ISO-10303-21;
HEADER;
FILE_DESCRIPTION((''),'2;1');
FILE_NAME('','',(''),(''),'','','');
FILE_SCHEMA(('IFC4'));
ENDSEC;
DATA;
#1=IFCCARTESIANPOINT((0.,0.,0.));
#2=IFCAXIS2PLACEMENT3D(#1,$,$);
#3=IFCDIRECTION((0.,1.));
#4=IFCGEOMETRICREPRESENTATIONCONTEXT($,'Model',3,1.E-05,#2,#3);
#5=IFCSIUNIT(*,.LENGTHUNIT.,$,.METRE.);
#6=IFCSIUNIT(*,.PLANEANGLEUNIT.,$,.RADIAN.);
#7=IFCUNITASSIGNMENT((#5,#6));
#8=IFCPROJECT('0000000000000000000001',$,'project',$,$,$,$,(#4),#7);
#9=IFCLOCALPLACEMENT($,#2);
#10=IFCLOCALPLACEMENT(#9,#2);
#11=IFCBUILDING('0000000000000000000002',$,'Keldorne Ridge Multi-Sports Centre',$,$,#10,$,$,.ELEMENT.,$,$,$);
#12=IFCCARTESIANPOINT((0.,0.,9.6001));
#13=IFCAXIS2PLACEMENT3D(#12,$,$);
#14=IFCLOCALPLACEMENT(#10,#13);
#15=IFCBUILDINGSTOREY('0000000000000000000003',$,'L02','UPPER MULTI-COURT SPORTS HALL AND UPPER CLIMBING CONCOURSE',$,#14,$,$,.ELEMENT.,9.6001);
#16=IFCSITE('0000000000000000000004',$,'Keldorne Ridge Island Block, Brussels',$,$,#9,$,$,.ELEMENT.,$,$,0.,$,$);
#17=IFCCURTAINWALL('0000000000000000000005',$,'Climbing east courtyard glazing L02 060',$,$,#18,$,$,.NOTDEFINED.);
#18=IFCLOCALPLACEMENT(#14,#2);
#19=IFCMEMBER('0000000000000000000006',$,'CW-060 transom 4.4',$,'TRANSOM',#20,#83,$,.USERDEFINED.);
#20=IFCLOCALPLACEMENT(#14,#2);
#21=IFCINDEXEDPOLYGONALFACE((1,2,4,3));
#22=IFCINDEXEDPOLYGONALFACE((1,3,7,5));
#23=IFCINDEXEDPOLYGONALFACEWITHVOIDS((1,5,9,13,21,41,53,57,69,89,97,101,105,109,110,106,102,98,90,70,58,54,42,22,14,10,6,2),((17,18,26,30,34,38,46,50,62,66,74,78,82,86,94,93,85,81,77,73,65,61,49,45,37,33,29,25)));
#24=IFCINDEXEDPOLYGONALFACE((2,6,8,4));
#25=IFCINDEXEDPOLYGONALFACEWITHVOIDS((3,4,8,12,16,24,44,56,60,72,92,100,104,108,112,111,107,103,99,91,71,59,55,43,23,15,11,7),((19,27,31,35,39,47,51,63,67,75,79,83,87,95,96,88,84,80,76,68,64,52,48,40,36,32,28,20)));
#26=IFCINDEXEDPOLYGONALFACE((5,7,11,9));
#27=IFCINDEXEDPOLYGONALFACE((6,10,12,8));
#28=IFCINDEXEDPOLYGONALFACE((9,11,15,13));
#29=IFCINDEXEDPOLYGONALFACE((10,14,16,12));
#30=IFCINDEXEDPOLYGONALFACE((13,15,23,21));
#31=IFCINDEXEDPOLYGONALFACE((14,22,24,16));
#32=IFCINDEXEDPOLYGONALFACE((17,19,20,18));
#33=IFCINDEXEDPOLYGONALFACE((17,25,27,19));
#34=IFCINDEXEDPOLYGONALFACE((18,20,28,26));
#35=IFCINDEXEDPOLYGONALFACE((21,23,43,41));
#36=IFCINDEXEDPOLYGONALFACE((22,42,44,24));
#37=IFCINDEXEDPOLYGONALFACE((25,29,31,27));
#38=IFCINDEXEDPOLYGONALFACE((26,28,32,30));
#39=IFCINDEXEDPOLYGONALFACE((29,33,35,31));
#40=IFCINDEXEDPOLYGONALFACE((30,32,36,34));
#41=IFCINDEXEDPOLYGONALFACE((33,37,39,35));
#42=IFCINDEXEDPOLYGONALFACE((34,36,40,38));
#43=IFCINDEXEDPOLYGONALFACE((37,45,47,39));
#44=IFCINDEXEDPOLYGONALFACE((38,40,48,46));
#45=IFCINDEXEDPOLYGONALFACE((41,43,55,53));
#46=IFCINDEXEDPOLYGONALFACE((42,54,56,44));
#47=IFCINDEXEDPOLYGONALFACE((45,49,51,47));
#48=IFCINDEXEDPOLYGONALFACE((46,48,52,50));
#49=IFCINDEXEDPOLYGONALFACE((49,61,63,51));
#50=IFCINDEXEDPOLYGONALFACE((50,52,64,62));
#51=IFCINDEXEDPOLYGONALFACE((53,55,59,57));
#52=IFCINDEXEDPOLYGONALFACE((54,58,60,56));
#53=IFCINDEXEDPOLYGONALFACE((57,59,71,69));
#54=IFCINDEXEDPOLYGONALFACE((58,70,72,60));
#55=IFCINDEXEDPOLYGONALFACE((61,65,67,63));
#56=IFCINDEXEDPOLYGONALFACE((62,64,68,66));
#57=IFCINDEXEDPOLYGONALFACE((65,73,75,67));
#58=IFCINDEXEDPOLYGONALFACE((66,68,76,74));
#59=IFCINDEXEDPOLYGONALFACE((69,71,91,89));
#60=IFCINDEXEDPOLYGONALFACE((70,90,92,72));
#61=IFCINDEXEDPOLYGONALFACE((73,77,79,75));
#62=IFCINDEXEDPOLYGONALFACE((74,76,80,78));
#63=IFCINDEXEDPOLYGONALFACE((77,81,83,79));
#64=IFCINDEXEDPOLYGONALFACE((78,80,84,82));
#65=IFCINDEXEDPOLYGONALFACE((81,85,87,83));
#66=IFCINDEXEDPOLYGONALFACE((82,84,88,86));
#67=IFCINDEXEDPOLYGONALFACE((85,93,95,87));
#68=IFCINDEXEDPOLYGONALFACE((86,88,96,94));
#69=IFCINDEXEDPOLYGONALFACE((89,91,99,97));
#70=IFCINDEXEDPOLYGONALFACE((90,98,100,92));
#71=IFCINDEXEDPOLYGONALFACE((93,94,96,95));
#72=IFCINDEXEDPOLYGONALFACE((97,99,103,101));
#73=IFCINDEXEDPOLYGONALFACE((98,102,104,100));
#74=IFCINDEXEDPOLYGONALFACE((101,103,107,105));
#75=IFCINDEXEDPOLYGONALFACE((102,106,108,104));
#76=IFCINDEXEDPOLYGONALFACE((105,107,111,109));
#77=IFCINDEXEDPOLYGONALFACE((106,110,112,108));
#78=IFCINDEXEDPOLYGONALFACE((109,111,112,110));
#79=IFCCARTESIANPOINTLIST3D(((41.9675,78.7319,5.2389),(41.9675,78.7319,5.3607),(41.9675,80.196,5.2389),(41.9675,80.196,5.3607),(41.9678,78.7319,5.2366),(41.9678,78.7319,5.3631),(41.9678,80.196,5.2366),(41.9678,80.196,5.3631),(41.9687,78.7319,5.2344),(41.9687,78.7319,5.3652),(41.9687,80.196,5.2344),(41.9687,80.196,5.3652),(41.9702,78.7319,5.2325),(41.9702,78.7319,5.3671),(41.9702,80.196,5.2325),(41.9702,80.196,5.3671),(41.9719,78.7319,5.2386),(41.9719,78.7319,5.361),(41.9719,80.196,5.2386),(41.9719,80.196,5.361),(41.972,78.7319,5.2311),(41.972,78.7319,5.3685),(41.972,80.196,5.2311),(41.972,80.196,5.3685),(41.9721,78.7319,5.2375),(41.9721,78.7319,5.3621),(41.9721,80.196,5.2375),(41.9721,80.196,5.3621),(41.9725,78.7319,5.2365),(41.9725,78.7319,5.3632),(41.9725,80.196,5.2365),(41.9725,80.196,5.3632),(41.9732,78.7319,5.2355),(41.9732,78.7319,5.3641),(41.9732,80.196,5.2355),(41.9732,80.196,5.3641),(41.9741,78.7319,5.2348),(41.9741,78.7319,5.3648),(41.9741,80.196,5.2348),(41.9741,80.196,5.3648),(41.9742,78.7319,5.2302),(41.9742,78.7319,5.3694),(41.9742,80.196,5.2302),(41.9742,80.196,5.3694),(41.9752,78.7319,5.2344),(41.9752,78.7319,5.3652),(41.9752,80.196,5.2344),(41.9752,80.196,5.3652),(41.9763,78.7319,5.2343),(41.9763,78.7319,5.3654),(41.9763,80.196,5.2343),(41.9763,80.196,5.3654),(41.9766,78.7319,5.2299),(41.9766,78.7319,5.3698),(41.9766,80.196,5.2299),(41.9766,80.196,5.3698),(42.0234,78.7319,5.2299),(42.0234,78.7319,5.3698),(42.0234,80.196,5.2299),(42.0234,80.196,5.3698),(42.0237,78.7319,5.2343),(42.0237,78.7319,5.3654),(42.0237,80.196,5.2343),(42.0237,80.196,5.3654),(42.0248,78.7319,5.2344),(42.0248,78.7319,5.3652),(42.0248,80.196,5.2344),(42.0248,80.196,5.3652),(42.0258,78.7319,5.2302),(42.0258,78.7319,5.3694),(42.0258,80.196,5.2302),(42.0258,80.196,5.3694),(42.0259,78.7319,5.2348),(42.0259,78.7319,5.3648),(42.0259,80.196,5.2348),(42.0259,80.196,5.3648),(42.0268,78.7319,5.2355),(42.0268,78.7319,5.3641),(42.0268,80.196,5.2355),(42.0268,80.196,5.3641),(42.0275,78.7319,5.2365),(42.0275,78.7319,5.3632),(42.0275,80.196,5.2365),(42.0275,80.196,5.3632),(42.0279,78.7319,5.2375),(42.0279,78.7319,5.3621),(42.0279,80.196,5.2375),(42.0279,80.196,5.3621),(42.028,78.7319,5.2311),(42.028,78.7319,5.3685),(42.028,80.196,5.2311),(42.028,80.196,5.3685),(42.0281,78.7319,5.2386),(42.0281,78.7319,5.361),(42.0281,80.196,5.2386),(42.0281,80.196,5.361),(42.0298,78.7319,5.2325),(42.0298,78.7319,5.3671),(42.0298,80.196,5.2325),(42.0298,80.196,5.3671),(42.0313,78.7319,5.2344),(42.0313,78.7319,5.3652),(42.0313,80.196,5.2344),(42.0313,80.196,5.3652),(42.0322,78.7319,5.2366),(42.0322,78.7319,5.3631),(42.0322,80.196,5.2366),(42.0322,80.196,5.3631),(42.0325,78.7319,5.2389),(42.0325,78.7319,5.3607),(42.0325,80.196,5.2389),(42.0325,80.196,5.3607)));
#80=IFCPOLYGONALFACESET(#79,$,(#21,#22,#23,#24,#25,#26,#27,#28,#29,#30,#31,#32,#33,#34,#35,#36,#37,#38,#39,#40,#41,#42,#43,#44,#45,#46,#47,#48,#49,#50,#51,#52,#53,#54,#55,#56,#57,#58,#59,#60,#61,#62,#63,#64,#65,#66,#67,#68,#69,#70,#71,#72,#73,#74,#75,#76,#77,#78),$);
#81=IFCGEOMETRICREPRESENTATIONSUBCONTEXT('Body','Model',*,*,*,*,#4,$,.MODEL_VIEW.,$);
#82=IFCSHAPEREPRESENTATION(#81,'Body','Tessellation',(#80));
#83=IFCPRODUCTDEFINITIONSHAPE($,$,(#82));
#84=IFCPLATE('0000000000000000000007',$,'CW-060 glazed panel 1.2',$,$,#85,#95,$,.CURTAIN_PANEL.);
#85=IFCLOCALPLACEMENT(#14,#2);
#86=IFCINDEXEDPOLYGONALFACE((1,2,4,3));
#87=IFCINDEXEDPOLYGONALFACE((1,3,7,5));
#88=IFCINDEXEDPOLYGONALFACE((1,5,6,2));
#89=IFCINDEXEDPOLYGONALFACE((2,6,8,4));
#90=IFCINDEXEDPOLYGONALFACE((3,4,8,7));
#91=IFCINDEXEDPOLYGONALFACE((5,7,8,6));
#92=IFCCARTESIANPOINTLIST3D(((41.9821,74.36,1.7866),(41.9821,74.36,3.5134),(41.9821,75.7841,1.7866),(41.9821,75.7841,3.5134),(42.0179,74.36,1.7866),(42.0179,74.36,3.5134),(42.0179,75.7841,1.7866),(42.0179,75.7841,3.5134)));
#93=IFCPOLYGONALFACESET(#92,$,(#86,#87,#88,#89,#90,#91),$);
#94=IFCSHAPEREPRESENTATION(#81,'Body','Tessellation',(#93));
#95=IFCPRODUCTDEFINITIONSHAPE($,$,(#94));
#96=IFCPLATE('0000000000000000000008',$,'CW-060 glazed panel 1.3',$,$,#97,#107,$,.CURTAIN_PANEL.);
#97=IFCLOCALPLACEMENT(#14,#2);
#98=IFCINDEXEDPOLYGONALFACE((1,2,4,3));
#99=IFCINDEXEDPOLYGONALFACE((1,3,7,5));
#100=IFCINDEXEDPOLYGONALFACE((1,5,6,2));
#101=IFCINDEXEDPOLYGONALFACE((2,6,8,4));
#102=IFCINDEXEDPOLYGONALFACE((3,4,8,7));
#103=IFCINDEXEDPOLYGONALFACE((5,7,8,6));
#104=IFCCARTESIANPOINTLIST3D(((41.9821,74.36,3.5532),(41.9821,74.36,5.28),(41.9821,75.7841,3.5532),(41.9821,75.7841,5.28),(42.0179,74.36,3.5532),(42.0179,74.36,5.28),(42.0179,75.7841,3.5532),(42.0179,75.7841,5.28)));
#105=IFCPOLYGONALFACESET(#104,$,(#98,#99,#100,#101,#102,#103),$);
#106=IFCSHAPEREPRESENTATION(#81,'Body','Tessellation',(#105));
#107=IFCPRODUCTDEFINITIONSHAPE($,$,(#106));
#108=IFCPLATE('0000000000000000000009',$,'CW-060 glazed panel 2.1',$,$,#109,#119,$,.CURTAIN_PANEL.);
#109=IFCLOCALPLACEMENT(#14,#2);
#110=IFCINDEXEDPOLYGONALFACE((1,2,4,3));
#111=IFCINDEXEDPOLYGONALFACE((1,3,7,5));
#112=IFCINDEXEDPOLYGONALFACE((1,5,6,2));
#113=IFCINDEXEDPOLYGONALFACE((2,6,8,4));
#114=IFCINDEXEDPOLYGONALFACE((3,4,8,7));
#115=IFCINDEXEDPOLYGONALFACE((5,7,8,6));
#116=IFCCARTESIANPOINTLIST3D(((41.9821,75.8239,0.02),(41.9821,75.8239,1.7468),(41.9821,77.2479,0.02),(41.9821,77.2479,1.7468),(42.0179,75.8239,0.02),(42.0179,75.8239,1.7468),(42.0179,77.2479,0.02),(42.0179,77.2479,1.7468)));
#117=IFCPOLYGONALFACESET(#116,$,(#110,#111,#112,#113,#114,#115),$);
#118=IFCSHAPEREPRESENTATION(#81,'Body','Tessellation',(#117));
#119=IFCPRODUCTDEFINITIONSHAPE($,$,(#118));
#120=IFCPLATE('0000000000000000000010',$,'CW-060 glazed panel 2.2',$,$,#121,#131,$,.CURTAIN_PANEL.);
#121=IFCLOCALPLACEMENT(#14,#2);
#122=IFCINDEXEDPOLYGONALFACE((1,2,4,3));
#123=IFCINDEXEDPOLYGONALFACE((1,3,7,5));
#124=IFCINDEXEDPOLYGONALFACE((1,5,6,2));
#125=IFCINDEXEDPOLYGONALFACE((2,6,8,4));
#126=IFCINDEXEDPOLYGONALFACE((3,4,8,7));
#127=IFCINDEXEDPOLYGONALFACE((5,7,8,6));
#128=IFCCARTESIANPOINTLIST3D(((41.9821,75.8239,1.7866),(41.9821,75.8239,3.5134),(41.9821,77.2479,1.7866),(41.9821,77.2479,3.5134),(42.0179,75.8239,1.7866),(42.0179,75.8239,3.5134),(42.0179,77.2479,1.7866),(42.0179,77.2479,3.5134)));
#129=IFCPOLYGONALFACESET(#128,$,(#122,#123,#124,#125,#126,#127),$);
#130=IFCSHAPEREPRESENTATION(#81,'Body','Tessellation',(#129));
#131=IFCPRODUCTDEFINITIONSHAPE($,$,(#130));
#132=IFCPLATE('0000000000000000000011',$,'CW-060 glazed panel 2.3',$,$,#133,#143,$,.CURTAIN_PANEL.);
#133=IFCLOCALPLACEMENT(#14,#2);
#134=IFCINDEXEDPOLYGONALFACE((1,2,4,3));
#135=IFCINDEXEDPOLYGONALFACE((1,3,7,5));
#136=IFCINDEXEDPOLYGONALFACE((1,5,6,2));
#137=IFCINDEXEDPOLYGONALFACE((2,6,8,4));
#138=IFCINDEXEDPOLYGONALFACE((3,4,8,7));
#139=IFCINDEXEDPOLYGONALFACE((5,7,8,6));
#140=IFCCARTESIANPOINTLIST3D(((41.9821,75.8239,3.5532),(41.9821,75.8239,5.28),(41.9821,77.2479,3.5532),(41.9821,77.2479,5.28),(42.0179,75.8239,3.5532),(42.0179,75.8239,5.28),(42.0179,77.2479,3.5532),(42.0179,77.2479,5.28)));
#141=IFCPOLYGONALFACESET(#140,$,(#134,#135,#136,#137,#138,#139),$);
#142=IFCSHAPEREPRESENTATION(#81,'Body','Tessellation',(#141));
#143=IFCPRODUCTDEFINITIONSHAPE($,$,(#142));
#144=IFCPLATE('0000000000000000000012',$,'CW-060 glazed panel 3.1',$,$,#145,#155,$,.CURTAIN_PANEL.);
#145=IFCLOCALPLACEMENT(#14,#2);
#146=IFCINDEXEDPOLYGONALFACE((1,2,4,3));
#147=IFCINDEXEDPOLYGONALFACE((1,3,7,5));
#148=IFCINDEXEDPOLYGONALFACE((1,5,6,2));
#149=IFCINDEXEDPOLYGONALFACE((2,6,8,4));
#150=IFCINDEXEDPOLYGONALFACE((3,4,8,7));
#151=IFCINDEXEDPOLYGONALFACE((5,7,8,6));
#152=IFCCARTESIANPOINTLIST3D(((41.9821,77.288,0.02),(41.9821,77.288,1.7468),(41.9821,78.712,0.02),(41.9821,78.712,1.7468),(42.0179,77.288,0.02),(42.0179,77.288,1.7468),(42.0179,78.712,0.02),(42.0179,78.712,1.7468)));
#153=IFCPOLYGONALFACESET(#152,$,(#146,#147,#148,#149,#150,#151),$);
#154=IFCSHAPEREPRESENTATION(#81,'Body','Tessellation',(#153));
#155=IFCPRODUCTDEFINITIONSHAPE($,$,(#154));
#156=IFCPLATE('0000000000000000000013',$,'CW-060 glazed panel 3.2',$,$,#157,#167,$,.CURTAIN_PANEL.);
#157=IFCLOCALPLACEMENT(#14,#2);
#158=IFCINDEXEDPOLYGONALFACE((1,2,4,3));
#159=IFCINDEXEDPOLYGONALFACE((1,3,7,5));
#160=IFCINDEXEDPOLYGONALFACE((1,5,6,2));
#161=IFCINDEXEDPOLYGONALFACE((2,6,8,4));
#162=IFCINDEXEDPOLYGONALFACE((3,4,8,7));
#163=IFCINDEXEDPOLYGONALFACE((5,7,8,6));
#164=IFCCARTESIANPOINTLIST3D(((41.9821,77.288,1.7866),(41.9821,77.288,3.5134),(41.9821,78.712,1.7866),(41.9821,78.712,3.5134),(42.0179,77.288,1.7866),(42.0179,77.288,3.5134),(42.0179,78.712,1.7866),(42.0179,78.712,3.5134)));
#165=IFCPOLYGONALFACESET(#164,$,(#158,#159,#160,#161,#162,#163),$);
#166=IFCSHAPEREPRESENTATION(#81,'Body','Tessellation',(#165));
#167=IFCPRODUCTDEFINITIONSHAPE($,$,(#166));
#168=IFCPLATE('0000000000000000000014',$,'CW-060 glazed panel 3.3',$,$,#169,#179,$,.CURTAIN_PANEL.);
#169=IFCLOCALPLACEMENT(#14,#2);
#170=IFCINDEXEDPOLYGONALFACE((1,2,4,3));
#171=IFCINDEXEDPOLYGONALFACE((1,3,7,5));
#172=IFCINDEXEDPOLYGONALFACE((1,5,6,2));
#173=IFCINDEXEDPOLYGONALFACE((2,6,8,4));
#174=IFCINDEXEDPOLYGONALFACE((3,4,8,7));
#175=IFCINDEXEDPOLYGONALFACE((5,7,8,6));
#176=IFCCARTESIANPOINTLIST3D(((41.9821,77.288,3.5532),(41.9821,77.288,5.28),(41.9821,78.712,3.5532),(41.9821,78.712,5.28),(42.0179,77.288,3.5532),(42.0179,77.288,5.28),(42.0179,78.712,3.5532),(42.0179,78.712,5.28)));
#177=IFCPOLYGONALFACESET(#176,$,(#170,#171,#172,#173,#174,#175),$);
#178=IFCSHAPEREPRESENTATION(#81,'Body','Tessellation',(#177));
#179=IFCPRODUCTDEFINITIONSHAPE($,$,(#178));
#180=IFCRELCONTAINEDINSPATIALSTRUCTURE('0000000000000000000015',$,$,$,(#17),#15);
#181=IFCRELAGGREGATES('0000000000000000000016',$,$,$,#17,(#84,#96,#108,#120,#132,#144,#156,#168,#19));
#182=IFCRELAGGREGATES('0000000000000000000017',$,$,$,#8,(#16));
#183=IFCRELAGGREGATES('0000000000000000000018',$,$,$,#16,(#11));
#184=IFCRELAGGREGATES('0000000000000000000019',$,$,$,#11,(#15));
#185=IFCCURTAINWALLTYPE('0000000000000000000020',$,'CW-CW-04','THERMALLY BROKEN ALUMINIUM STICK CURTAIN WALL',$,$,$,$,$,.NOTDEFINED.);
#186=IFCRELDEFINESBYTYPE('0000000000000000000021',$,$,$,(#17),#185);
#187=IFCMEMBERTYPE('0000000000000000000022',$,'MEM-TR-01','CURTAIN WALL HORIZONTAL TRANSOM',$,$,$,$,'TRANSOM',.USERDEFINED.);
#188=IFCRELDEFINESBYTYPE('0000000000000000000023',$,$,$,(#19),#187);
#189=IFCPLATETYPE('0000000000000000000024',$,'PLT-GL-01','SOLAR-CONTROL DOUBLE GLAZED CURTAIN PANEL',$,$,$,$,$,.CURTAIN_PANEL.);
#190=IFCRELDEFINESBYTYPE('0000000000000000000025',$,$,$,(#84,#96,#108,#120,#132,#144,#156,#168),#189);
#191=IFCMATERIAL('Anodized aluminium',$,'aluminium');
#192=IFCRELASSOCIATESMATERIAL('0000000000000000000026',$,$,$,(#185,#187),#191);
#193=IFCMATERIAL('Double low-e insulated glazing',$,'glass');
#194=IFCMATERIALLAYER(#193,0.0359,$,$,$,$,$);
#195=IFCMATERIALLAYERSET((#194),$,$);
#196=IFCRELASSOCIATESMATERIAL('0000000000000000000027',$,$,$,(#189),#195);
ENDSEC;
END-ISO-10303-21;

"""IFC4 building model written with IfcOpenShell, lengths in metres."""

from ifc_helpers import new_model, si_unit, direction, frame, origin, origin_2d, place, context, subcontext, project, spatial, rectangle, hollow_rectangle, extrude, material, layer, layer_set, material_profile, profile_set, type_object, element, aggregate, save


model = new_model("IFC4")

# Units and contexts
model_context = context("Model", 3, precision=1e-05, world=origin(), true_north=direction((0.0, 1.0)))
body_context = subcontext(model_context, "Body", "Model", "MODEL_VIEW")
ifc_project = project(units=[si_unit("LENGTHUNIT", "METRE"), si_unit("PLANEANGLEUNIT", "RADIAN")], contexts=[model_context])

# Site, building, storey
site_placement = place(None, origin())
site = spatial("IfcSite", under=ifc_project, at=site_placement, Name="Keldorne Ridge Island Block, Brussels", CompositionType="ELEMENT", RefElevation=0.0)
building_placement = place(site_placement, origin())
building = spatial("IfcBuilding", under=site, at=building_placement, Name="Keldorne Ridge Multi-Sports Centre", CompositionType="ELEMENT")
storey_placement = place(building_placement, frame((0.0, 0.0, 9.6001)))
storey = spatial("IfcBuildingStorey", under=building, at=storey_placement, Name="L02", Description="UPPER MULTI-COURT SPORTS HALL AND UPPER CLIMBING CONCOURSE", CompositionType="ELEMENT", Elevation=9.6001)

# Curtain wall, member, plates
ifc_material_1 = material(Name="Anodized aluminium", Category="aluminium")
curtain_wall_type = type_object("IfcCurtainWallType", Name="CW-CW-04", Description="THERMALLY BROKEN ALUMINIUM STICK CURTAIN WALL", PredefinedType="NOTDEFINED", material=ifc_material_1)
curtain_wall_placement = place(storey_placement, origin())
curtain_wall = element("IfcCurtainWall", 1, at=curtain_wall_placement, inside=storey, type_object=curtain_wall_type, Name="Climbing east courtyard glazing L02 060", PredefinedType="NOTDEFINED")
ifc_material_profile_1 = material_profile(ifc_material_1, hollow_rectangle(XDim=0.0649, YDim=0.1399, WallThickness=0.0044, InnerFilletRadius=0.0044, OuterFilletRadius=0.009, at=origin_2d()), Name="ALU TRANSOM 140x65x4.5")
ifc_profile_set_1 = profile_set([ifc_material_profile_1], Name="Anodized aluminium")
member_type_1 = type_object("IfcMemberType", Name="MEM-TR-01", Description="CURTAIN WALL HORIZONTAL TRANSOM", ElementType="TRANSOM", PredefinedType="USERDEFINED", material=ifc_profile_set_1)
member_1_placement = place(storey_placement, frame((42.0, 78.7319, 5.2998), z_axis=(0.0, 1.0, 0.0), x_axis=(-1.0, 0.0, 0.0)))
member_1 = element("IfcMember", 2, at=member_1_placement, type_object=member_type_1, Name="CW-060 transom 4.4", ObjectType="TRANSOM", PredefinedType="USERDEFINED", context=body_context, shape_type="SweptSolid", body=[
    extrude(hollow_rectangle(XDim=0.0649, YDim=0.1399, WallThickness=0.0044, InnerFilletRadius=0.0044, OuterFilletRadius=0.009, at=origin_2d()), origin(), (0.0, 0.0, 1.0), 1.4641),
])
ifc_material_2 = material(Name="Double low-e insulated glazing", Category="glass")
ifc_layer = layer(ifc_material_2, 0.0359)
ifc_layer_set = layer_set([ifc_layer])
plate_type = type_object("IfcPlateType", Name="PLT-GL-01", Description="SOLAR-CONTROL DOUBLE GLAZED CURTAIN PANEL", PredefinedType="CURTAIN_PANEL", material=ifc_layer_set)
plate_1_placement = place(storey_placement, frame((42.0, 75.072, 1.7866), z_axis=(0.0, 0.0, 1.0), x_axis=(0.0, 1.0, 0.0)))
plate_1 = element("IfcPlate", 3, at=plate_1_placement, type_object=plate_type, Name="CW-060 glazed panel 1.2", PredefinedType="CURTAIN_PANEL", context=body_context, shape_type="SweptSolid", body=[
    extrude(rectangle(XDim=1.4241, YDim=0.0359, at=origin_2d()), origin(), (0.0, 0.0, 1.0), 1.7268),
])
plate_2_placement = place(storey_placement, frame((42.0, 75.072, 3.5532), z_axis=(0.0, 0.0, 1.0), x_axis=(0.0, 1.0, 0.0)))
plate_2 = element("IfcPlate", 4, at=plate_2_placement, type_object=plate_type, Name="CW-060 glazed panel 1.3", PredefinedType="CURTAIN_PANEL", context=body_context, shape_type="SweptSolid", body=[
    extrude(rectangle(XDim=1.4241, YDim=0.0359, at=origin_2d()), origin(), (0.0, 0.0, 1.0), 1.7268),
])
plate_3_placement = place(storey_placement, frame((42.0, 76.5359, 0.02), z_axis=(0.0, 0.0, 1.0), x_axis=(0.0, 1.0, 0.0)))
plate_3 = element("IfcPlate", 5, at=plate_3_placement, type_object=plate_type, Name="CW-060 glazed panel 2.1", PredefinedType="CURTAIN_PANEL", context=body_context, shape_type="SweptSolid", body=[
    extrude(rectangle(XDim=1.4241, YDim=0.0359, at=origin_2d()), origin(), (0.0, 0.0, 1.0), 1.7268),
])
plate_4_placement = place(storey_placement, frame((42.0, 76.5359, 1.7866), z_axis=(0.0, 0.0, 1.0), x_axis=(0.0, 1.0, 0.0)))
plate_4 = element("IfcPlate", 6, at=plate_4_placement, type_object=plate_type, Name="CW-060 glazed panel 2.2", PredefinedType="CURTAIN_PANEL", context=body_context, shape_type="SweptSolid", body=[
    extrude(rectangle(XDim=1.4241, YDim=0.0359, at=origin_2d()), origin(), (0.0, 0.0, 1.0), 1.7268),
])
plate_5_placement = place(storey_placement, frame((42.0, 76.5359, 3.5532), z_axis=(0.0, 0.0, 1.0), x_axis=(0.0, 1.0, 0.0)))
plate_5 = element("IfcPlate", 7, at=plate_5_placement, type_object=plate_type, Name="CW-060 glazed panel 2.3", PredefinedType="CURTAIN_PANEL", context=body_context, shape_type="SweptSolid", body=[
    extrude(rectangle(XDim=1.4241, YDim=0.0359, at=origin_2d()), origin(), (0.0, 0.0, 1.0), 1.7268),
])
plate_6_placement = place(storey_placement, frame((42.0, 78.0, 0.02), z_axis=(0.0, 0.0, 1.0), x_axis=(0.0, 1.0, 0.0)))
plate_6 = element("IfcPlate", 8, at=plate_6_placement, type_object=plate_type, Name="CW-060 glazed panel 3.1", PredefinedType="CURTAIN_PANEL", context=body_context, shape_type="SweptSolid", body=[
    extrude(rectangle(XDim=1.4241, YDim=0.0359, at=origin_2d()), origin(), (0.0, 0.0, 1.0), 1.7268),
])
plate_7_placement = place(storey_placement, frame((42.0, 78.0, 1.7866), z_axis=(0.0, 0.0, 1.0), x_axis=(0.0, 1.0, 0.0)))
plate_7 = element("IfcPlate", 9, at=plate_7_placement, type_object=plate_type, Name="CW-060 glazed panel 3.2", PredefinedType="CURTAIN_PANEL", context=body_context, shape_type="SweptSolid", body=[
    extrude(rectangle(XDim=1.4241, YDim=0.0359, at=origin_2d()), origin(), (0.0, 0.0, 1.0), 1.7268),
])
plate_8_placement = place(storey_placement, frame((42.0, 78.0, 3.5532), z_axis=(0.0, 0.0, 1.0), x_axis=(0.0, 1.0, 0.0)))
plate_8 = element("IfcPlate", 10, at=plate_8_placement, type_object=plate_type, Name="CW-060 glazed panel 3.3", PredefinedType="CURTAIN_PANEL", context=body_context, shape_type="SweptSolid", body=[
    extrude(rectangle(XDim=1.4241, YDim=0.0359, at=origin_2d()), origin(), (0.0, 0.0, 1.0), 1.7268),
])
aggregate(curtain_wall, [plate_1, plate_2, plate_3, plate_4, plate_5, plate_6, plate_7, plate_8, member_1])

save(model, "model.ifc")
